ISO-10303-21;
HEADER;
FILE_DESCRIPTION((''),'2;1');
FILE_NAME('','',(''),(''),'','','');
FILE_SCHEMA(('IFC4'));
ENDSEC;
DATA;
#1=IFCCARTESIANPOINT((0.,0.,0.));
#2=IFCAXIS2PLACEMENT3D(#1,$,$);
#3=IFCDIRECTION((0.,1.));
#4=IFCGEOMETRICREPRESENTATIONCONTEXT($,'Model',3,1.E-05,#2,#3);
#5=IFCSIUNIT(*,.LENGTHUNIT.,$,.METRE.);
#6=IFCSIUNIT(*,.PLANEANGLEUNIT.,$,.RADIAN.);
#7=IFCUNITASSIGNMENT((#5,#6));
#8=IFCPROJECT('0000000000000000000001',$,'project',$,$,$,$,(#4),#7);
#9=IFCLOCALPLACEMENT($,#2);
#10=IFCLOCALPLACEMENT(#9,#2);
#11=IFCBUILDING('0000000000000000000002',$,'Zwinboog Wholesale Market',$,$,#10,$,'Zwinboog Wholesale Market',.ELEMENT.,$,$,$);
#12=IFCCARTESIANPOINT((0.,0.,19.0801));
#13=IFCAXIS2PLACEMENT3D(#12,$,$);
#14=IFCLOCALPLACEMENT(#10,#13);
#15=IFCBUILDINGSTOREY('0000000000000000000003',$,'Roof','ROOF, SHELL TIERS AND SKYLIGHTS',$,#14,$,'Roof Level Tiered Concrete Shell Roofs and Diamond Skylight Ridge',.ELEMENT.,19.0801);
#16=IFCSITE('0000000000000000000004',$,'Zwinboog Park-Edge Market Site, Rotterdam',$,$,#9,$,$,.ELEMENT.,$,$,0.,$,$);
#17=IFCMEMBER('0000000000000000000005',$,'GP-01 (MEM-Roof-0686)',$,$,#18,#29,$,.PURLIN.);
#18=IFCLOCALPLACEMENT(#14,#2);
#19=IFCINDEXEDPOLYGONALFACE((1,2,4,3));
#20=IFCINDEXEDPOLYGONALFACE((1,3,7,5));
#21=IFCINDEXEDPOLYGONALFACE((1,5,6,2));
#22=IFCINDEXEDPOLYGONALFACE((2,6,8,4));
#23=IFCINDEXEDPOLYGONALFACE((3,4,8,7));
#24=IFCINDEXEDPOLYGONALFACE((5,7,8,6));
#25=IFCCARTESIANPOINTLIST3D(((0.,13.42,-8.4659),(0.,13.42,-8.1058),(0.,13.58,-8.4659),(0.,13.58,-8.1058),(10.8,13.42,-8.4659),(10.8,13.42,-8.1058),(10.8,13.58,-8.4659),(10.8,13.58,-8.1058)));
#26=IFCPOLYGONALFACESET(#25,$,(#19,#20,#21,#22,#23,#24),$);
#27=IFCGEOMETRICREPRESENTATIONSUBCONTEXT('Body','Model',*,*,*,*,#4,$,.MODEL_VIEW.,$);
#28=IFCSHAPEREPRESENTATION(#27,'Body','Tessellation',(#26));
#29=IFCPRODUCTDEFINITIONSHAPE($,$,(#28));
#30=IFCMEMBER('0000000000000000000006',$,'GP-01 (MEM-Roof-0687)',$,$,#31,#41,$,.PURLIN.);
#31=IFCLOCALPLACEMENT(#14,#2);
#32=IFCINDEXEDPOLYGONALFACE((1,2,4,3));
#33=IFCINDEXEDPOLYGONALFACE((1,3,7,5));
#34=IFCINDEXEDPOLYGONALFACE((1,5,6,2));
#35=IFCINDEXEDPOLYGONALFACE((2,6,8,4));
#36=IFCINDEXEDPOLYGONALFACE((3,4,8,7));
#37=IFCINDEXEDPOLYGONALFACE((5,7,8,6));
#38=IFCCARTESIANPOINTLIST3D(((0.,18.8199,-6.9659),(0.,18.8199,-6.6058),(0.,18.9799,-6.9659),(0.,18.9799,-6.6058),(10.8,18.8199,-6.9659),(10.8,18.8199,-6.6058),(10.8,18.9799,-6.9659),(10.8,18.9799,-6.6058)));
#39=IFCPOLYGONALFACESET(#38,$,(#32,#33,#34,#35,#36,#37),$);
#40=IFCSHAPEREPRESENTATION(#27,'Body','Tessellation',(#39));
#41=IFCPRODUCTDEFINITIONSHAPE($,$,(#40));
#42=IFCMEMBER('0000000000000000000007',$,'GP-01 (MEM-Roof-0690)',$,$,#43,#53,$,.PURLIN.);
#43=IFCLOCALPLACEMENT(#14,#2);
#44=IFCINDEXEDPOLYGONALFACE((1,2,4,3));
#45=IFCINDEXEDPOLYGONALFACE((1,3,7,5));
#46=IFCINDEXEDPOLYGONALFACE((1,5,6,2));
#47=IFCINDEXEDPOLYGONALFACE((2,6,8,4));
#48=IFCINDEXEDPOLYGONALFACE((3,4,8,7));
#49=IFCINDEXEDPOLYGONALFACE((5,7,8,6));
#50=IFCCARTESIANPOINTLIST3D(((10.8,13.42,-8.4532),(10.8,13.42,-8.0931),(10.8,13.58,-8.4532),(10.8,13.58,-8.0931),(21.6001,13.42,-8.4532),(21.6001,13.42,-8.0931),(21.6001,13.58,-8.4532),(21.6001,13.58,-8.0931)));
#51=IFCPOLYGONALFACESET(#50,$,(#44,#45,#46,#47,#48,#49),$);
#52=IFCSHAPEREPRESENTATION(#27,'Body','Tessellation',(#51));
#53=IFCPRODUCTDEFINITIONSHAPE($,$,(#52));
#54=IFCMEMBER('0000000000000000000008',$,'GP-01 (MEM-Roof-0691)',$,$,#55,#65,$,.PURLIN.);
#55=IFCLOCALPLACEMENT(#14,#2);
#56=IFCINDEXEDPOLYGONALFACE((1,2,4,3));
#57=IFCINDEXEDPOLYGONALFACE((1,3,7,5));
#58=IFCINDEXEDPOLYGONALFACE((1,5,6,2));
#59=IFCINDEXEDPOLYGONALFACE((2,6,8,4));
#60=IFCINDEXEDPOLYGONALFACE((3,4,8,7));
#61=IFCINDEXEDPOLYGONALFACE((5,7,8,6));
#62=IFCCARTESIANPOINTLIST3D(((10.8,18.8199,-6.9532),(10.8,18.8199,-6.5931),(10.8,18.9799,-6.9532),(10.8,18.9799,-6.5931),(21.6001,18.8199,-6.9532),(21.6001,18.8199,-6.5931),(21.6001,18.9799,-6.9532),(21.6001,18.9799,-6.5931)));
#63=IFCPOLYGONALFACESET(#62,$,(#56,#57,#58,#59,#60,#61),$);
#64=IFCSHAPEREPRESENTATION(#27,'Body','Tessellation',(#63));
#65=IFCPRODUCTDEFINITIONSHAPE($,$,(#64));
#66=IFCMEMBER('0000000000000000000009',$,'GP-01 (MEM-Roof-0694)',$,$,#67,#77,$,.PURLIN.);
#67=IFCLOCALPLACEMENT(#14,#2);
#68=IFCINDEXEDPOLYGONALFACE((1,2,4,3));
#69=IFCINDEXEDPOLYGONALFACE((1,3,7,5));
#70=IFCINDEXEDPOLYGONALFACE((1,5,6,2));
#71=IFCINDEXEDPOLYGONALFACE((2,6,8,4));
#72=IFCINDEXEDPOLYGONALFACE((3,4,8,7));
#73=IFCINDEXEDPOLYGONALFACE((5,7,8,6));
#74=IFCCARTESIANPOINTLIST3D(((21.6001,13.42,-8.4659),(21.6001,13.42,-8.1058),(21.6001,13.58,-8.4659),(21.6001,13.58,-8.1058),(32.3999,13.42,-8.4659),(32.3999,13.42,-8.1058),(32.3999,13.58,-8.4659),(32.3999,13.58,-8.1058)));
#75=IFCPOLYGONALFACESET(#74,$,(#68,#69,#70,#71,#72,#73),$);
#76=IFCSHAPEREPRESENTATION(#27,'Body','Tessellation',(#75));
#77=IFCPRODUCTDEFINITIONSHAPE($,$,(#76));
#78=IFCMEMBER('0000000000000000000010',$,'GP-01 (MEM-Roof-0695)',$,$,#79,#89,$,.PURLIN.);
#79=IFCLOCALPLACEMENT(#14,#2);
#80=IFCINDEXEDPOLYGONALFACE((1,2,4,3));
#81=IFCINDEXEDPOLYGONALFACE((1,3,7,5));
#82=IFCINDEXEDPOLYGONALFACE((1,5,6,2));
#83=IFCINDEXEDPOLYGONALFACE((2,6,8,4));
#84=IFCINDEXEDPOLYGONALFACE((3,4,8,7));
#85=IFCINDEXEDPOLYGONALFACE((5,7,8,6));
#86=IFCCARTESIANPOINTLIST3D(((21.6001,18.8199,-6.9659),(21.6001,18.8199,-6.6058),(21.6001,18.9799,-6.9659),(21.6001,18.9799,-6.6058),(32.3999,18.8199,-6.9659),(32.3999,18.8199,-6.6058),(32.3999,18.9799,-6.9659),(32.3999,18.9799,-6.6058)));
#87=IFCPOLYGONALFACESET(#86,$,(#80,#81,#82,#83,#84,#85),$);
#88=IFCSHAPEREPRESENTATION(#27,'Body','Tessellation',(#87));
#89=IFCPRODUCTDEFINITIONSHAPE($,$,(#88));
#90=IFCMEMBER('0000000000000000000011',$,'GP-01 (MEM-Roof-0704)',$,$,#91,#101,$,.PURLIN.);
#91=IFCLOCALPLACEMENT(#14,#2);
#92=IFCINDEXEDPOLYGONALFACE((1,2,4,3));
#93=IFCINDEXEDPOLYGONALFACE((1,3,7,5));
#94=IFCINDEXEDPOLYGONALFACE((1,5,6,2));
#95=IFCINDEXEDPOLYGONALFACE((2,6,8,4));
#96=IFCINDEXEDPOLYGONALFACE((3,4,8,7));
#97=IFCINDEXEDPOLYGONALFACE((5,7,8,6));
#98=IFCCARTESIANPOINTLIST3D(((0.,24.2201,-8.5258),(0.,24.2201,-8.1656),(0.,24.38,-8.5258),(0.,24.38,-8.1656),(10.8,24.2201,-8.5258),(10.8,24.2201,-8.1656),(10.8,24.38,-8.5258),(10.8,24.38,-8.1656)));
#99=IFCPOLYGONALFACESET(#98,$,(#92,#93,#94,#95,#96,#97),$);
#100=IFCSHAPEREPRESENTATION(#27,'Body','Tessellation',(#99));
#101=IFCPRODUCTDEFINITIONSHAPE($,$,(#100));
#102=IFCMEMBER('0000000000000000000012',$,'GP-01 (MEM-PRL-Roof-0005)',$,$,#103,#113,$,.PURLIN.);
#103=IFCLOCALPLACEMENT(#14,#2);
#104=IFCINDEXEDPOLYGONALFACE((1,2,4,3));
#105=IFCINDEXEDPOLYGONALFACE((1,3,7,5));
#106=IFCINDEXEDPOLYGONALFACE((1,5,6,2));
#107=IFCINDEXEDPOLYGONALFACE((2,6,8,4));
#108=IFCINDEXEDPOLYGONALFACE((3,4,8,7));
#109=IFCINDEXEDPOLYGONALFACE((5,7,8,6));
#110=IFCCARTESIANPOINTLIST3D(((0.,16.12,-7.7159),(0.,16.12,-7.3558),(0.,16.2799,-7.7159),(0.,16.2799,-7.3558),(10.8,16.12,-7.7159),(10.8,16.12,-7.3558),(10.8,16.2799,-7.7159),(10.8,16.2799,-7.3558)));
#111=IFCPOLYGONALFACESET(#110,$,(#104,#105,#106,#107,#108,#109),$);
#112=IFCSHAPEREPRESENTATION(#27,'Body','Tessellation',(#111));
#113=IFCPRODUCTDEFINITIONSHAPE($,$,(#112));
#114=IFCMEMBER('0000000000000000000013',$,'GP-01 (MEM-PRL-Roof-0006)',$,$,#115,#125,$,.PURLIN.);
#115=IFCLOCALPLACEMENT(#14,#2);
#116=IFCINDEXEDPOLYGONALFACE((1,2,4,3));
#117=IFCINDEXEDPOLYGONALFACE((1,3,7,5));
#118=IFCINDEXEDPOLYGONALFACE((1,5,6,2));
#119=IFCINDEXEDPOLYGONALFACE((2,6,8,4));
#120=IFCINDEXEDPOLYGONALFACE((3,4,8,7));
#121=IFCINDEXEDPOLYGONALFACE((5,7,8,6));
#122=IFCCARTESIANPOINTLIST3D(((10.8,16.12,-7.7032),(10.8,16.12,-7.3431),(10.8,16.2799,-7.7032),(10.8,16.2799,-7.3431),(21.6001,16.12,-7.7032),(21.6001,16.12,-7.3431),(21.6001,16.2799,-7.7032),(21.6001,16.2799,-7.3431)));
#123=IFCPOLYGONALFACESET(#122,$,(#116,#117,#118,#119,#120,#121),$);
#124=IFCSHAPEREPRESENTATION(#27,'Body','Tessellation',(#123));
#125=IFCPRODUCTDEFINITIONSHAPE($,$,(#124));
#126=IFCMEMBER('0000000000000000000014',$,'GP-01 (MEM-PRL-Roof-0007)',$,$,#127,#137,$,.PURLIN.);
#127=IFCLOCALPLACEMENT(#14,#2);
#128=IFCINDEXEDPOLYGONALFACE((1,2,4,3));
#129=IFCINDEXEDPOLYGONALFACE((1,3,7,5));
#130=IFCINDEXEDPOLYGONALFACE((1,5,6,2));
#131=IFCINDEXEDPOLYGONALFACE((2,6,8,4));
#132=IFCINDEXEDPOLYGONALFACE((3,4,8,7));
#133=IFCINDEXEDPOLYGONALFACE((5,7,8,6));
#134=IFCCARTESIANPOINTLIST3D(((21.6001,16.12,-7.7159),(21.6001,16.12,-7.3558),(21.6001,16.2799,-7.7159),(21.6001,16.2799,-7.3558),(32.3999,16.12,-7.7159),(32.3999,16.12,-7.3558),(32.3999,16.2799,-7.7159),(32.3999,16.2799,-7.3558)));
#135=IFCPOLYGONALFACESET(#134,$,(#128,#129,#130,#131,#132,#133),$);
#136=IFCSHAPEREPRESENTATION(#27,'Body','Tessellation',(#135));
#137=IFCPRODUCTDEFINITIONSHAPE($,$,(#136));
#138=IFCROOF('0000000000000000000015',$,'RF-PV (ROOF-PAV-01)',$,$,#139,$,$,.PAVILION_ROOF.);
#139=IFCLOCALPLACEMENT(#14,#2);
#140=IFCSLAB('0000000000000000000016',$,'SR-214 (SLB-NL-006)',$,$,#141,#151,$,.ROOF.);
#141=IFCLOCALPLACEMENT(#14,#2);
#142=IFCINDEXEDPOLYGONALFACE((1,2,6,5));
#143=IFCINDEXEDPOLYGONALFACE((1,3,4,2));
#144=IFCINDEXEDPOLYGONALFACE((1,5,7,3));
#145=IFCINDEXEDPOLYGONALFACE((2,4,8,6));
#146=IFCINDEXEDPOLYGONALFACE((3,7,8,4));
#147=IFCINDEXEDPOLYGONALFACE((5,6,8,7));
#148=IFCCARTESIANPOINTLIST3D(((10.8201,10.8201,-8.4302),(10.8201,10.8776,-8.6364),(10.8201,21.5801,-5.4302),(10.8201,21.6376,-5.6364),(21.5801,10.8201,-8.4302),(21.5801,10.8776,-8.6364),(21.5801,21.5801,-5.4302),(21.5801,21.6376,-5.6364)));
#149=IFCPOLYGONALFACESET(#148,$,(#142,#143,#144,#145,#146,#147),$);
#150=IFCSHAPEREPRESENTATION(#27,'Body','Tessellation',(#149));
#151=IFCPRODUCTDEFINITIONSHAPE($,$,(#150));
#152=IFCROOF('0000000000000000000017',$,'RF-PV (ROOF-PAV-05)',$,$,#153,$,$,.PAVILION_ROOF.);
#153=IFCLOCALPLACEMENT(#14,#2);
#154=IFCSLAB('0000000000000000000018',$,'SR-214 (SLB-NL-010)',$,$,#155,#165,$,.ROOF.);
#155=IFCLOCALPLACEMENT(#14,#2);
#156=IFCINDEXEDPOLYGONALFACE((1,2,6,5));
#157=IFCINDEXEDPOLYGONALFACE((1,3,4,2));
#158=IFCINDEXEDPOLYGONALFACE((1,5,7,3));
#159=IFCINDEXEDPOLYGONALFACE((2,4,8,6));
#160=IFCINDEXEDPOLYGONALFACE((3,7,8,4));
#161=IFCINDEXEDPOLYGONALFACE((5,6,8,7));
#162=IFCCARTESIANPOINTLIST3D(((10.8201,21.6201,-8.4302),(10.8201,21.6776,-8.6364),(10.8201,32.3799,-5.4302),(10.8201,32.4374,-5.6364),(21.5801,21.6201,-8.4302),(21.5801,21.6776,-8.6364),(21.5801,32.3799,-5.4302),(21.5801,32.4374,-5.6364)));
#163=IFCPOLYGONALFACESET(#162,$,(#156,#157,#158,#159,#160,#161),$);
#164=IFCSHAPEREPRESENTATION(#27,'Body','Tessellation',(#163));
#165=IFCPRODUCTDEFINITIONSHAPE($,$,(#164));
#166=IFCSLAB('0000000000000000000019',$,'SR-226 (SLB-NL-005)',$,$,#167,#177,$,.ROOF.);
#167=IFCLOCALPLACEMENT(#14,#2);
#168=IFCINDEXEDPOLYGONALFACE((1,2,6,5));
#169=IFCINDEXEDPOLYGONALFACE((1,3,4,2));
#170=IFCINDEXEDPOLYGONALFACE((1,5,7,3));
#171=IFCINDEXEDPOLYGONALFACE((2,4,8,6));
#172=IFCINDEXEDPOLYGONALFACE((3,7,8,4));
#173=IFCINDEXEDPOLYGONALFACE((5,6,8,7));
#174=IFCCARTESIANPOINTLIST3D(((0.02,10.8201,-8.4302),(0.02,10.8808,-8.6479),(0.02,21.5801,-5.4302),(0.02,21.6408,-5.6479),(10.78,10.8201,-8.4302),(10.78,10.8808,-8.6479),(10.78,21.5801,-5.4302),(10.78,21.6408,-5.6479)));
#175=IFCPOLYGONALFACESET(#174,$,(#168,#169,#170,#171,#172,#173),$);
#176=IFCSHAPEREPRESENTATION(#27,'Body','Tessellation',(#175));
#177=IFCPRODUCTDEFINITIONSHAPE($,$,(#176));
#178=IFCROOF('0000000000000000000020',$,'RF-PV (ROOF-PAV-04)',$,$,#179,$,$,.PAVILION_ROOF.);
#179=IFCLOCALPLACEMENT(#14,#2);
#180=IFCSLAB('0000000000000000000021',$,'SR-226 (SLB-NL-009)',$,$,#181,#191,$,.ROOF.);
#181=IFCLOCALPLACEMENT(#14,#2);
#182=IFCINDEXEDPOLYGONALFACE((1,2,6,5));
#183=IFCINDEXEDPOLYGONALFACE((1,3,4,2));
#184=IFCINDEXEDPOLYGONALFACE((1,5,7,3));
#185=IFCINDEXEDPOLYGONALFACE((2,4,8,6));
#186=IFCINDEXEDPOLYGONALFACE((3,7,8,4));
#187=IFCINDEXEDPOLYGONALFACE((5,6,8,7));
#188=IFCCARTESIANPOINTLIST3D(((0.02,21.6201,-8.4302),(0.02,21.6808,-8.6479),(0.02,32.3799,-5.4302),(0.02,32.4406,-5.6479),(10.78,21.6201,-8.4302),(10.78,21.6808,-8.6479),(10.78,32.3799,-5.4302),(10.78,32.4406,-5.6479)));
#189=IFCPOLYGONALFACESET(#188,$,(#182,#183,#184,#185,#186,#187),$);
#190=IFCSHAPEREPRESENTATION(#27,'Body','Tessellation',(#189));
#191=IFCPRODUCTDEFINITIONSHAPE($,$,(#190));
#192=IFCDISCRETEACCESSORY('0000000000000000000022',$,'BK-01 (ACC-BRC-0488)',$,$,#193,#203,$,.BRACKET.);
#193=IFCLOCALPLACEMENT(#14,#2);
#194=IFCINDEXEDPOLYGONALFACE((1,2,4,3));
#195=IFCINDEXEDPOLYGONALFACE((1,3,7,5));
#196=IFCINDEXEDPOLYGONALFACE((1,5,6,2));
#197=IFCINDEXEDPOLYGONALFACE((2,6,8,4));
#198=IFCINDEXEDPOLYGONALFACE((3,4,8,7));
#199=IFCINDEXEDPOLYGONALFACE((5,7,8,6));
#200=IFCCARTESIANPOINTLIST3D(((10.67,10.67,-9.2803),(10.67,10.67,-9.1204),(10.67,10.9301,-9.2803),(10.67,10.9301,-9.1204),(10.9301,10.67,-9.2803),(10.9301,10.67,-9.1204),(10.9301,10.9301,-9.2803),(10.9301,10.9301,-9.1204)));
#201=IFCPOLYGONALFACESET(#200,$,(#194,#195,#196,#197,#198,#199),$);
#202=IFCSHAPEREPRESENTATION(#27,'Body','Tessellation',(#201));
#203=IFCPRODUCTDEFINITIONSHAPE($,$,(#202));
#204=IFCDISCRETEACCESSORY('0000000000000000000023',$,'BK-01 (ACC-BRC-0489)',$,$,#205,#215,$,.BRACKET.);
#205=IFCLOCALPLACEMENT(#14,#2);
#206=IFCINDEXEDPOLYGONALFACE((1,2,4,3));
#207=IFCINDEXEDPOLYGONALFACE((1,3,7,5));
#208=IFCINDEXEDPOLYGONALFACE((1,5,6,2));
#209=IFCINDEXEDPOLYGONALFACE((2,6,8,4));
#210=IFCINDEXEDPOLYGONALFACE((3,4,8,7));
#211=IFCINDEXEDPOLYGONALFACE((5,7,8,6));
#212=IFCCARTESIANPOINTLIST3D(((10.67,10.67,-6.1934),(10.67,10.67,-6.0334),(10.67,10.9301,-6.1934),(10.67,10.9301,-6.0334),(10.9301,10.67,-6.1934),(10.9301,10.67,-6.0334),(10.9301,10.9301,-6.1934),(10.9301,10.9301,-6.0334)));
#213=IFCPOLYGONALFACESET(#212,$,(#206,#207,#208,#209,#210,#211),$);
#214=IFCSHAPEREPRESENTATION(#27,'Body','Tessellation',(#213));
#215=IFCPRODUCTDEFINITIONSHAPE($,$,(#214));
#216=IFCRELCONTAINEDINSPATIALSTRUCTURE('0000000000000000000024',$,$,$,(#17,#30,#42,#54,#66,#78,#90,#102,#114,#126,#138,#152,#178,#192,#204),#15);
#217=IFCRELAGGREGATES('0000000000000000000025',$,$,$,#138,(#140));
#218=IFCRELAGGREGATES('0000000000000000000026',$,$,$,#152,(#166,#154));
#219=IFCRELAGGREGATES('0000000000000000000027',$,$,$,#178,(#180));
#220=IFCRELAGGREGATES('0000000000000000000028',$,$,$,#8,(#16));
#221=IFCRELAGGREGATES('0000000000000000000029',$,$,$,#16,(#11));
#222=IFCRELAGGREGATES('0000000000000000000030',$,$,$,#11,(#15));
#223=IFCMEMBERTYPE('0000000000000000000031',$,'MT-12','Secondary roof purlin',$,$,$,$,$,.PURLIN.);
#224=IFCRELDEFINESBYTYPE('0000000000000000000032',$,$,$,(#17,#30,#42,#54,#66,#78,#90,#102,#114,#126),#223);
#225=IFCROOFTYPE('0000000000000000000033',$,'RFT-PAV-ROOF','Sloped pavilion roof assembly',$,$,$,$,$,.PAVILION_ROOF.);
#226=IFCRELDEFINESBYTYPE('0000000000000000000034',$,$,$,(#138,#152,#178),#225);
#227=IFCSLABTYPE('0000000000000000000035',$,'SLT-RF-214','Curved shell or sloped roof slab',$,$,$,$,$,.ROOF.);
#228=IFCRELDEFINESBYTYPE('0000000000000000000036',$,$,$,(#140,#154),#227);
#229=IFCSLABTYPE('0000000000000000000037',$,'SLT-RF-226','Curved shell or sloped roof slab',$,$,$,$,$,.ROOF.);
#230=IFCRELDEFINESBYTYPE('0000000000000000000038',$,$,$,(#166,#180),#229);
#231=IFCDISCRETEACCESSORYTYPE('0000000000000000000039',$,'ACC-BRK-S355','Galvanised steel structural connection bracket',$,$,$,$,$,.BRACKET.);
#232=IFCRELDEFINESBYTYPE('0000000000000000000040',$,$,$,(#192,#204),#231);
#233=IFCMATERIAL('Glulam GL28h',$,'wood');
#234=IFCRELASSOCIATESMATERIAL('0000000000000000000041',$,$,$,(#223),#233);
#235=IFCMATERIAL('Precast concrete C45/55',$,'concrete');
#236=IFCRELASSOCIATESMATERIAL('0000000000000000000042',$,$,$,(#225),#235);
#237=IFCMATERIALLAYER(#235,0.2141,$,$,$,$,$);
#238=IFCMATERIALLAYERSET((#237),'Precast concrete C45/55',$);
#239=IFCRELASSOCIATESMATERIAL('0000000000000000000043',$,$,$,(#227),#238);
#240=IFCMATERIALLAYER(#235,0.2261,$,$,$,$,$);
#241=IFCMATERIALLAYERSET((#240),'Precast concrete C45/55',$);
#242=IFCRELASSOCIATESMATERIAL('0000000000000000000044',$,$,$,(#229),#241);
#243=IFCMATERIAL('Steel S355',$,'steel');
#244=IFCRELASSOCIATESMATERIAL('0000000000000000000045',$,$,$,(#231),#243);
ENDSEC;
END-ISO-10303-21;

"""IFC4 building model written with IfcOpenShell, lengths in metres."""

from ifc_helpers import new_model, si_unit, direction, frame, origin, origin_2d, place, context, subcontext, project, spatial, polyline, rectangle, outline, extrude, material, layer, layer_set, material_profile, profile_set, type_object, element, aggregate, save


model = new_model("IFC4")

# Units and contexts
model_context = context("Model", 3, precision=1e-05, world=origin(), true_north=direction((0.0, 1.0)))
body_context = subcontext(model_context, "Body", "Model", "MODEL_VIEW")
ifc_project = project(units=[si_unit("LENGTHUNIT", "METRE"), si_unit("PLANEANGLEUNIT", "RADIAN")], contexts=[model_context])

# Site, building, storey
site_placement = place(None, origin())
site = spatial("IfcSite", under=ifc_project, at=site_placement, Name="Zwinboog Park-Edge Market Site, Rotterdam", CompositionType="ELEMENT", RefElevation=0.0)
building_placement = place(site_placement, origin())
building = spatial("IfcBuilding", under=site, at=building_placement, Name="Zwinboog Wholesale Market", LongName="Zwinboog Wholesale Market", CompositionType="ELEMENT")
storey_placement = place(building_placement, frame((0.0, 0.0, 19.0801)))
storey = spatial("IfcBuildingStorey", under=building, at=storey_placement, Name="Roof", Description="ROOF, SHELL TIERS AND SKYLIGHTS", LongName="Roof Level Tiered Concrete Shell Roofs and Diamond Skylight Ridge", CompositionType="ELEMENT", Elevation=19.0801)

# Shared definitions
ifc_material_1 = material(Name="Precast concrete C45/55", Category="concrete")

# Members
ifc_material_2 = material(Name="Steel S355", Category="steel")
ifc_material_3 = material(Name="Glulam GL28h", Category="wood")
ifc_material_profile_1 = material_profile(ifc_material_3, rectangle(XDim=0.1599, YDim=0.3601, at=origin_2d()), Name="GL28h 160x360")
ifc_profile_set_1 = profile_set([ifc_material_profile_1], Name="Glulam GL28h")
member_type_1 = type_object("IfcMemberType", Name="MT-12", Description="Secondary roof purlin", PredefinedType="PURLIN", material=ifc_profile_set_1)
for number, where, z_axis, x_axis, name in (
    (1, (0.0, 13.5, -8.2859), (1.0, 0.0, 0.0), (0.0, 1.0, 0.0), "GP-01 (MEM-Roof-0686)"),
    (2, (0.0, 18.8999, -6.7859), (1.0, 0.0, 0.0), (0.0, 1.0, 0.0), "GP-01 (MEM-Roof-0687)"),
    (3, (10.8, 13.5, -8.2732), (1.0, 0.0, 0.0), (0.0, 1.0, 0.0), "GP-01 (MEM-Roof-0690)"),
    (4, (10.8, 18.8999, -6.7732), (1.0, 0.0, 0.0), (0.0, 1.0, 0.0), "GP-01 (MEM-Roof-0691)"),
):
    element("IfcMember", number, at=place(storey_placement, frame(where, z_axis=z_axis, x_axis=x_axis)), inside=storey, type_object=member_type_1, Name=name, PredefinedType="PURLIN", context=body_context, shape_type="SweptSolid", body=[
        extrude(rectangle(XDim=0.1599, YDim=0.3601, at=origin_2d()), origin(), (0.0, 0.0, 1.0), 10.8),
    ])
for number, where, z_axis, x_axis, name in (
    (5, (21.6001, 13.5, -8.2859), (1.0, 0.0, 0.0), (0.0, 1.0, 0.0), "GP-01 (MEM-Roof-0694)"),
    (6, (21.6001, 18.8999, -6.7859), (1.0, 0.0, 0.0), (0.0, 1.0, 0.0), "GP-01 (MEM-Roof-0695)"),
):
    element("IfcMember", number, at=place(storey_placement, frame(where, z_axis=z_axis, x_axis=x_axis)), inside=storey, type_object=member_type_1, Name=name, PredefinedType="PURLIN", context=body_context, shape_type="SweptSolid", body=[
        extrude(rectangle(XDim=0.1599, YDim=0.3601, at=origin_2d()), origin(), (0.0, 0.0, 1.0), 10.7998),
    ])
for number, where, z_axis, x_axis, name in (
    (7, (0.0, 24.3, -8.3457), (1.0, 0.0, 0.0), (0.0, 1.0, 0.0), "GP-01 (MEM-Roof-0704)"),
    (8, (0.0, 16.2, -7.5359), (1.0, 0.0, 0.0), (0.0, 1.0, 0.0), "GP-01 (MEM-PRL-Roof-0005)"),
    (9, (10.8, 16.2, -7.5232), (1.0, 0.0, 0.0), (0.0, 1.0, 0.0), "GP-01 (MEM-PRL-Roof-0006)"),
):
    element("IfcMember", number, at=place(storey_placement, frame(where, z_axis=z_axis, x_axis=x_axis)), inside=storey, type_object=member_type_1, Name=name, PredefinedType="PURLIN", context=body_context, shape_type="SweptSolid", body=[
        extrude(rectangle(XDim=0.1599, YDim=0.3601, at=origin_2d()), origin(), (0.0, 0.0, 1.0), 10.8),
    ])
member_1_placement = place(storey_placement, frame((21.6001, 16.2, -7.5359), z_axis=(1.0, 0.0, 0.0), x_axis=(0.0, 1.0, 0.0)))
element("IfcMember", 10, at=member_1_placement, inside=storey, type_object=member_type_1, Name="GP-01 (MEM-PRL-Roof-0007)", PredefinedType="PURLIN", context=body_context, shape_type="SweptSolid", body=[
    extrude(rectangle(XDim=0.1599, YDim=0.3601, at=origin_2d()), origin(), (0.0, 0.0, 1.0), 10.7998),
])

# Roof, slab
roof_type = type_object("IfcRoofType", Name="RFT-PAV-ROOF", Description="Sloped pavilion roof assembly", PredefinedType="PAVILION_ROOF", material=ifc_material_1)
roof_1_placement = place(storey_placement, origin())
roof_1 = element("IfcRoof", 11, at=roof_1_placement, inside=storey, type_object=roof_type, Name="RF-PV (ROOF-PAV-01)", PredefinedType="PAVILION_ROOF")
ifc_layer_1 = layer(ifc_material_1, 0.2141)
ifc_layer_set_1 = layer_set([ifc_layer_1], Name="Precast concrete C45/55")
slab_type_1 = type_object("IfcSlabType", Name="SLT-RF-214", Description="Curved shell or sloped roof slab", PredefinedType="ROOF", material=ifc_layer_set_1)
slab_1_placement = place(storey_placement, frame((10.8201, 10.8201, -8.4302), z_axis=(0.0, -0.268567, 0.963261), x_axis=(1.0, 0.0, 0.0)))
slab_1 = element("IfcSlab", 12, at=slab_1_placement, type_object=slab_type_1, Name="SR-214 (SLB-NL-006)", PredefinedType="ROOF", context=body_context, shape_type="SweptSolid", body=[
    extrude(outline(polyline([(0.0, 0.0), (10.76, 0.0), (10.76, 11.1704), (0.0, 11.1704), (0.0, 0.0)])), origin(), (0.0, 0.0, -1.0), 0.2141),
])
aggregate(roof_1, [slab_1])

# Roof, slabs
roof_2_placement = place(storey_placement, origin())
roof_2 = element("IfcRoof", 13, at=roof_2_placement, inside=storey, type_object=roof_type, Name="RF-PV (ROOF-PAV-05)", PredefinedType="PAVILION_ROOF")
slab_2_placement = place(storey_placement, frame((10.8201, 21.6201, -8.4302), z_axis=(0.0, -0.268573, 0.963259), x_axis=(1.0, 0.0, 0.0)))
slab_2 = element("IfcSlab", 14, at=slab_2_placement, type_object=slab_type_1, Name="SR-214 (SLB-NL-010)", PredefinedType="ROOF", context=body_context, shape_type="SweptSolid", body=[
    extrude(outline(polyline([(0.0, 0.0), (10.76, 0.0), (10.76, 11.1702), (0.0, 11.1702), (0.0, 0.0)])), origin(), (0.0, 0.0, -1.0), 0.2141),
])
ifc_layer_2 = layer(ifc_material_1, 0.2261)
ifc_layer_set_2 = layer_set([ifc_layer_2], Name="Precast concrete C45/55")
slab_type_2 = type_object("IfcSlabType", Name="SLT-RF-226", Description="Curved shell or sloped roof slab", PredefinedType="ROOF", material=ifc_layer_set_2)
slab_3_placement = place(storey_placement, frame((0.02, 10.8201, -8.4302), z_axis=(0.0, -0.268567, 0.963261), x_axis=(1.0, 0.0, 0.0)))
slab_3 = element("IfcSlab", 15, at=slab_3_placement, type_object=slab_type_2, Name="SR-226 (SLB-NL-005)", PredefinedType="ROOF", context=body_context, shape_type="SweptSolid", body=[
    extrude(outline(polyline([(0.0, 0.0), (10.76, 0.0), (10.76, 11.1704), (0.0, 11.1704), (0.0, 0.0)])), origin(), (0.0, 0.0, -1.0), 0.2261),
])
aggregate(roof_2, [slab_3, slab_2])

# Roof, slab
roof_3_placement = place(storey_placement, origin())
roof_3 = element("IfcRoof", 16, at=roof_3_placement, inside=storey, type_object=roof_type, Name="RF-PV (ROOF-PAV-04)", PredefinedType="PAVILION_ROOF")
slab_4_placement = place(storey_placement, frame((0.02, 21.6201, -8.4302), z_axis=(0.0, -0.268573, 0.963259), x_axis=(1.0, 0.0, 0.0)))
slab_4 = element("IfcSlab", 17, at=slab_4_placement, type_object=slab_type_2, Name="SR-226 (SLB-NL-009)", PredefinedType="ROOF", context=body_context, shape_type="SweptSolid", body=[
    extrude(outline(polyline([(0.0, 0.0), (10.76, 0.0), (10.76, 11.1702), (0.0, 11.1702), (0.0, 0.0)])), origin(), (0.0, 0.0, -1.0), 0.2261),
])
aggregate(roof_3, [slab_4])

# Discrete accessories
discrete_accessory_type = type_object("IfcDiscreteAccessoryType", Name="ACC-BRK-S355", Description="Galvanised steel structural connection bracket", PredefinedType="BRACKET", material=ifc_material_2)
for number, where, z_axis, x_axis, name in (
    (18, (10.8, 10.8, -9.2803), (0.0, 0.0, 1.0), (1.0, 0.0, 0.0), "BK-01 (ACC-BRC-0488)"),
    (19, (10.8, 10.8, -6.1934), (0.0, 0.0, 1.0), (1.0, 0.0, 0.0), "BK-01 (ACC-BRC-0489)"),
):
    element("IfcDiscreteAccessory", number, at=place(storey_placement, frame(where, z_axis=z_axis, x_axis=x_axis)), inside=storey, type_object=discrete_accessory_type, Name=name, PredefinedType="BRACKET", context=body_context, shape_type="SweptSolid", body=[
        extrude(rectangle(XDim=0.26, YDim=0.26, at=origin_2d()), origin(), (0.0, 0.0, 1.0), 0.1599),
    ])

save(model, "model.ifc")
